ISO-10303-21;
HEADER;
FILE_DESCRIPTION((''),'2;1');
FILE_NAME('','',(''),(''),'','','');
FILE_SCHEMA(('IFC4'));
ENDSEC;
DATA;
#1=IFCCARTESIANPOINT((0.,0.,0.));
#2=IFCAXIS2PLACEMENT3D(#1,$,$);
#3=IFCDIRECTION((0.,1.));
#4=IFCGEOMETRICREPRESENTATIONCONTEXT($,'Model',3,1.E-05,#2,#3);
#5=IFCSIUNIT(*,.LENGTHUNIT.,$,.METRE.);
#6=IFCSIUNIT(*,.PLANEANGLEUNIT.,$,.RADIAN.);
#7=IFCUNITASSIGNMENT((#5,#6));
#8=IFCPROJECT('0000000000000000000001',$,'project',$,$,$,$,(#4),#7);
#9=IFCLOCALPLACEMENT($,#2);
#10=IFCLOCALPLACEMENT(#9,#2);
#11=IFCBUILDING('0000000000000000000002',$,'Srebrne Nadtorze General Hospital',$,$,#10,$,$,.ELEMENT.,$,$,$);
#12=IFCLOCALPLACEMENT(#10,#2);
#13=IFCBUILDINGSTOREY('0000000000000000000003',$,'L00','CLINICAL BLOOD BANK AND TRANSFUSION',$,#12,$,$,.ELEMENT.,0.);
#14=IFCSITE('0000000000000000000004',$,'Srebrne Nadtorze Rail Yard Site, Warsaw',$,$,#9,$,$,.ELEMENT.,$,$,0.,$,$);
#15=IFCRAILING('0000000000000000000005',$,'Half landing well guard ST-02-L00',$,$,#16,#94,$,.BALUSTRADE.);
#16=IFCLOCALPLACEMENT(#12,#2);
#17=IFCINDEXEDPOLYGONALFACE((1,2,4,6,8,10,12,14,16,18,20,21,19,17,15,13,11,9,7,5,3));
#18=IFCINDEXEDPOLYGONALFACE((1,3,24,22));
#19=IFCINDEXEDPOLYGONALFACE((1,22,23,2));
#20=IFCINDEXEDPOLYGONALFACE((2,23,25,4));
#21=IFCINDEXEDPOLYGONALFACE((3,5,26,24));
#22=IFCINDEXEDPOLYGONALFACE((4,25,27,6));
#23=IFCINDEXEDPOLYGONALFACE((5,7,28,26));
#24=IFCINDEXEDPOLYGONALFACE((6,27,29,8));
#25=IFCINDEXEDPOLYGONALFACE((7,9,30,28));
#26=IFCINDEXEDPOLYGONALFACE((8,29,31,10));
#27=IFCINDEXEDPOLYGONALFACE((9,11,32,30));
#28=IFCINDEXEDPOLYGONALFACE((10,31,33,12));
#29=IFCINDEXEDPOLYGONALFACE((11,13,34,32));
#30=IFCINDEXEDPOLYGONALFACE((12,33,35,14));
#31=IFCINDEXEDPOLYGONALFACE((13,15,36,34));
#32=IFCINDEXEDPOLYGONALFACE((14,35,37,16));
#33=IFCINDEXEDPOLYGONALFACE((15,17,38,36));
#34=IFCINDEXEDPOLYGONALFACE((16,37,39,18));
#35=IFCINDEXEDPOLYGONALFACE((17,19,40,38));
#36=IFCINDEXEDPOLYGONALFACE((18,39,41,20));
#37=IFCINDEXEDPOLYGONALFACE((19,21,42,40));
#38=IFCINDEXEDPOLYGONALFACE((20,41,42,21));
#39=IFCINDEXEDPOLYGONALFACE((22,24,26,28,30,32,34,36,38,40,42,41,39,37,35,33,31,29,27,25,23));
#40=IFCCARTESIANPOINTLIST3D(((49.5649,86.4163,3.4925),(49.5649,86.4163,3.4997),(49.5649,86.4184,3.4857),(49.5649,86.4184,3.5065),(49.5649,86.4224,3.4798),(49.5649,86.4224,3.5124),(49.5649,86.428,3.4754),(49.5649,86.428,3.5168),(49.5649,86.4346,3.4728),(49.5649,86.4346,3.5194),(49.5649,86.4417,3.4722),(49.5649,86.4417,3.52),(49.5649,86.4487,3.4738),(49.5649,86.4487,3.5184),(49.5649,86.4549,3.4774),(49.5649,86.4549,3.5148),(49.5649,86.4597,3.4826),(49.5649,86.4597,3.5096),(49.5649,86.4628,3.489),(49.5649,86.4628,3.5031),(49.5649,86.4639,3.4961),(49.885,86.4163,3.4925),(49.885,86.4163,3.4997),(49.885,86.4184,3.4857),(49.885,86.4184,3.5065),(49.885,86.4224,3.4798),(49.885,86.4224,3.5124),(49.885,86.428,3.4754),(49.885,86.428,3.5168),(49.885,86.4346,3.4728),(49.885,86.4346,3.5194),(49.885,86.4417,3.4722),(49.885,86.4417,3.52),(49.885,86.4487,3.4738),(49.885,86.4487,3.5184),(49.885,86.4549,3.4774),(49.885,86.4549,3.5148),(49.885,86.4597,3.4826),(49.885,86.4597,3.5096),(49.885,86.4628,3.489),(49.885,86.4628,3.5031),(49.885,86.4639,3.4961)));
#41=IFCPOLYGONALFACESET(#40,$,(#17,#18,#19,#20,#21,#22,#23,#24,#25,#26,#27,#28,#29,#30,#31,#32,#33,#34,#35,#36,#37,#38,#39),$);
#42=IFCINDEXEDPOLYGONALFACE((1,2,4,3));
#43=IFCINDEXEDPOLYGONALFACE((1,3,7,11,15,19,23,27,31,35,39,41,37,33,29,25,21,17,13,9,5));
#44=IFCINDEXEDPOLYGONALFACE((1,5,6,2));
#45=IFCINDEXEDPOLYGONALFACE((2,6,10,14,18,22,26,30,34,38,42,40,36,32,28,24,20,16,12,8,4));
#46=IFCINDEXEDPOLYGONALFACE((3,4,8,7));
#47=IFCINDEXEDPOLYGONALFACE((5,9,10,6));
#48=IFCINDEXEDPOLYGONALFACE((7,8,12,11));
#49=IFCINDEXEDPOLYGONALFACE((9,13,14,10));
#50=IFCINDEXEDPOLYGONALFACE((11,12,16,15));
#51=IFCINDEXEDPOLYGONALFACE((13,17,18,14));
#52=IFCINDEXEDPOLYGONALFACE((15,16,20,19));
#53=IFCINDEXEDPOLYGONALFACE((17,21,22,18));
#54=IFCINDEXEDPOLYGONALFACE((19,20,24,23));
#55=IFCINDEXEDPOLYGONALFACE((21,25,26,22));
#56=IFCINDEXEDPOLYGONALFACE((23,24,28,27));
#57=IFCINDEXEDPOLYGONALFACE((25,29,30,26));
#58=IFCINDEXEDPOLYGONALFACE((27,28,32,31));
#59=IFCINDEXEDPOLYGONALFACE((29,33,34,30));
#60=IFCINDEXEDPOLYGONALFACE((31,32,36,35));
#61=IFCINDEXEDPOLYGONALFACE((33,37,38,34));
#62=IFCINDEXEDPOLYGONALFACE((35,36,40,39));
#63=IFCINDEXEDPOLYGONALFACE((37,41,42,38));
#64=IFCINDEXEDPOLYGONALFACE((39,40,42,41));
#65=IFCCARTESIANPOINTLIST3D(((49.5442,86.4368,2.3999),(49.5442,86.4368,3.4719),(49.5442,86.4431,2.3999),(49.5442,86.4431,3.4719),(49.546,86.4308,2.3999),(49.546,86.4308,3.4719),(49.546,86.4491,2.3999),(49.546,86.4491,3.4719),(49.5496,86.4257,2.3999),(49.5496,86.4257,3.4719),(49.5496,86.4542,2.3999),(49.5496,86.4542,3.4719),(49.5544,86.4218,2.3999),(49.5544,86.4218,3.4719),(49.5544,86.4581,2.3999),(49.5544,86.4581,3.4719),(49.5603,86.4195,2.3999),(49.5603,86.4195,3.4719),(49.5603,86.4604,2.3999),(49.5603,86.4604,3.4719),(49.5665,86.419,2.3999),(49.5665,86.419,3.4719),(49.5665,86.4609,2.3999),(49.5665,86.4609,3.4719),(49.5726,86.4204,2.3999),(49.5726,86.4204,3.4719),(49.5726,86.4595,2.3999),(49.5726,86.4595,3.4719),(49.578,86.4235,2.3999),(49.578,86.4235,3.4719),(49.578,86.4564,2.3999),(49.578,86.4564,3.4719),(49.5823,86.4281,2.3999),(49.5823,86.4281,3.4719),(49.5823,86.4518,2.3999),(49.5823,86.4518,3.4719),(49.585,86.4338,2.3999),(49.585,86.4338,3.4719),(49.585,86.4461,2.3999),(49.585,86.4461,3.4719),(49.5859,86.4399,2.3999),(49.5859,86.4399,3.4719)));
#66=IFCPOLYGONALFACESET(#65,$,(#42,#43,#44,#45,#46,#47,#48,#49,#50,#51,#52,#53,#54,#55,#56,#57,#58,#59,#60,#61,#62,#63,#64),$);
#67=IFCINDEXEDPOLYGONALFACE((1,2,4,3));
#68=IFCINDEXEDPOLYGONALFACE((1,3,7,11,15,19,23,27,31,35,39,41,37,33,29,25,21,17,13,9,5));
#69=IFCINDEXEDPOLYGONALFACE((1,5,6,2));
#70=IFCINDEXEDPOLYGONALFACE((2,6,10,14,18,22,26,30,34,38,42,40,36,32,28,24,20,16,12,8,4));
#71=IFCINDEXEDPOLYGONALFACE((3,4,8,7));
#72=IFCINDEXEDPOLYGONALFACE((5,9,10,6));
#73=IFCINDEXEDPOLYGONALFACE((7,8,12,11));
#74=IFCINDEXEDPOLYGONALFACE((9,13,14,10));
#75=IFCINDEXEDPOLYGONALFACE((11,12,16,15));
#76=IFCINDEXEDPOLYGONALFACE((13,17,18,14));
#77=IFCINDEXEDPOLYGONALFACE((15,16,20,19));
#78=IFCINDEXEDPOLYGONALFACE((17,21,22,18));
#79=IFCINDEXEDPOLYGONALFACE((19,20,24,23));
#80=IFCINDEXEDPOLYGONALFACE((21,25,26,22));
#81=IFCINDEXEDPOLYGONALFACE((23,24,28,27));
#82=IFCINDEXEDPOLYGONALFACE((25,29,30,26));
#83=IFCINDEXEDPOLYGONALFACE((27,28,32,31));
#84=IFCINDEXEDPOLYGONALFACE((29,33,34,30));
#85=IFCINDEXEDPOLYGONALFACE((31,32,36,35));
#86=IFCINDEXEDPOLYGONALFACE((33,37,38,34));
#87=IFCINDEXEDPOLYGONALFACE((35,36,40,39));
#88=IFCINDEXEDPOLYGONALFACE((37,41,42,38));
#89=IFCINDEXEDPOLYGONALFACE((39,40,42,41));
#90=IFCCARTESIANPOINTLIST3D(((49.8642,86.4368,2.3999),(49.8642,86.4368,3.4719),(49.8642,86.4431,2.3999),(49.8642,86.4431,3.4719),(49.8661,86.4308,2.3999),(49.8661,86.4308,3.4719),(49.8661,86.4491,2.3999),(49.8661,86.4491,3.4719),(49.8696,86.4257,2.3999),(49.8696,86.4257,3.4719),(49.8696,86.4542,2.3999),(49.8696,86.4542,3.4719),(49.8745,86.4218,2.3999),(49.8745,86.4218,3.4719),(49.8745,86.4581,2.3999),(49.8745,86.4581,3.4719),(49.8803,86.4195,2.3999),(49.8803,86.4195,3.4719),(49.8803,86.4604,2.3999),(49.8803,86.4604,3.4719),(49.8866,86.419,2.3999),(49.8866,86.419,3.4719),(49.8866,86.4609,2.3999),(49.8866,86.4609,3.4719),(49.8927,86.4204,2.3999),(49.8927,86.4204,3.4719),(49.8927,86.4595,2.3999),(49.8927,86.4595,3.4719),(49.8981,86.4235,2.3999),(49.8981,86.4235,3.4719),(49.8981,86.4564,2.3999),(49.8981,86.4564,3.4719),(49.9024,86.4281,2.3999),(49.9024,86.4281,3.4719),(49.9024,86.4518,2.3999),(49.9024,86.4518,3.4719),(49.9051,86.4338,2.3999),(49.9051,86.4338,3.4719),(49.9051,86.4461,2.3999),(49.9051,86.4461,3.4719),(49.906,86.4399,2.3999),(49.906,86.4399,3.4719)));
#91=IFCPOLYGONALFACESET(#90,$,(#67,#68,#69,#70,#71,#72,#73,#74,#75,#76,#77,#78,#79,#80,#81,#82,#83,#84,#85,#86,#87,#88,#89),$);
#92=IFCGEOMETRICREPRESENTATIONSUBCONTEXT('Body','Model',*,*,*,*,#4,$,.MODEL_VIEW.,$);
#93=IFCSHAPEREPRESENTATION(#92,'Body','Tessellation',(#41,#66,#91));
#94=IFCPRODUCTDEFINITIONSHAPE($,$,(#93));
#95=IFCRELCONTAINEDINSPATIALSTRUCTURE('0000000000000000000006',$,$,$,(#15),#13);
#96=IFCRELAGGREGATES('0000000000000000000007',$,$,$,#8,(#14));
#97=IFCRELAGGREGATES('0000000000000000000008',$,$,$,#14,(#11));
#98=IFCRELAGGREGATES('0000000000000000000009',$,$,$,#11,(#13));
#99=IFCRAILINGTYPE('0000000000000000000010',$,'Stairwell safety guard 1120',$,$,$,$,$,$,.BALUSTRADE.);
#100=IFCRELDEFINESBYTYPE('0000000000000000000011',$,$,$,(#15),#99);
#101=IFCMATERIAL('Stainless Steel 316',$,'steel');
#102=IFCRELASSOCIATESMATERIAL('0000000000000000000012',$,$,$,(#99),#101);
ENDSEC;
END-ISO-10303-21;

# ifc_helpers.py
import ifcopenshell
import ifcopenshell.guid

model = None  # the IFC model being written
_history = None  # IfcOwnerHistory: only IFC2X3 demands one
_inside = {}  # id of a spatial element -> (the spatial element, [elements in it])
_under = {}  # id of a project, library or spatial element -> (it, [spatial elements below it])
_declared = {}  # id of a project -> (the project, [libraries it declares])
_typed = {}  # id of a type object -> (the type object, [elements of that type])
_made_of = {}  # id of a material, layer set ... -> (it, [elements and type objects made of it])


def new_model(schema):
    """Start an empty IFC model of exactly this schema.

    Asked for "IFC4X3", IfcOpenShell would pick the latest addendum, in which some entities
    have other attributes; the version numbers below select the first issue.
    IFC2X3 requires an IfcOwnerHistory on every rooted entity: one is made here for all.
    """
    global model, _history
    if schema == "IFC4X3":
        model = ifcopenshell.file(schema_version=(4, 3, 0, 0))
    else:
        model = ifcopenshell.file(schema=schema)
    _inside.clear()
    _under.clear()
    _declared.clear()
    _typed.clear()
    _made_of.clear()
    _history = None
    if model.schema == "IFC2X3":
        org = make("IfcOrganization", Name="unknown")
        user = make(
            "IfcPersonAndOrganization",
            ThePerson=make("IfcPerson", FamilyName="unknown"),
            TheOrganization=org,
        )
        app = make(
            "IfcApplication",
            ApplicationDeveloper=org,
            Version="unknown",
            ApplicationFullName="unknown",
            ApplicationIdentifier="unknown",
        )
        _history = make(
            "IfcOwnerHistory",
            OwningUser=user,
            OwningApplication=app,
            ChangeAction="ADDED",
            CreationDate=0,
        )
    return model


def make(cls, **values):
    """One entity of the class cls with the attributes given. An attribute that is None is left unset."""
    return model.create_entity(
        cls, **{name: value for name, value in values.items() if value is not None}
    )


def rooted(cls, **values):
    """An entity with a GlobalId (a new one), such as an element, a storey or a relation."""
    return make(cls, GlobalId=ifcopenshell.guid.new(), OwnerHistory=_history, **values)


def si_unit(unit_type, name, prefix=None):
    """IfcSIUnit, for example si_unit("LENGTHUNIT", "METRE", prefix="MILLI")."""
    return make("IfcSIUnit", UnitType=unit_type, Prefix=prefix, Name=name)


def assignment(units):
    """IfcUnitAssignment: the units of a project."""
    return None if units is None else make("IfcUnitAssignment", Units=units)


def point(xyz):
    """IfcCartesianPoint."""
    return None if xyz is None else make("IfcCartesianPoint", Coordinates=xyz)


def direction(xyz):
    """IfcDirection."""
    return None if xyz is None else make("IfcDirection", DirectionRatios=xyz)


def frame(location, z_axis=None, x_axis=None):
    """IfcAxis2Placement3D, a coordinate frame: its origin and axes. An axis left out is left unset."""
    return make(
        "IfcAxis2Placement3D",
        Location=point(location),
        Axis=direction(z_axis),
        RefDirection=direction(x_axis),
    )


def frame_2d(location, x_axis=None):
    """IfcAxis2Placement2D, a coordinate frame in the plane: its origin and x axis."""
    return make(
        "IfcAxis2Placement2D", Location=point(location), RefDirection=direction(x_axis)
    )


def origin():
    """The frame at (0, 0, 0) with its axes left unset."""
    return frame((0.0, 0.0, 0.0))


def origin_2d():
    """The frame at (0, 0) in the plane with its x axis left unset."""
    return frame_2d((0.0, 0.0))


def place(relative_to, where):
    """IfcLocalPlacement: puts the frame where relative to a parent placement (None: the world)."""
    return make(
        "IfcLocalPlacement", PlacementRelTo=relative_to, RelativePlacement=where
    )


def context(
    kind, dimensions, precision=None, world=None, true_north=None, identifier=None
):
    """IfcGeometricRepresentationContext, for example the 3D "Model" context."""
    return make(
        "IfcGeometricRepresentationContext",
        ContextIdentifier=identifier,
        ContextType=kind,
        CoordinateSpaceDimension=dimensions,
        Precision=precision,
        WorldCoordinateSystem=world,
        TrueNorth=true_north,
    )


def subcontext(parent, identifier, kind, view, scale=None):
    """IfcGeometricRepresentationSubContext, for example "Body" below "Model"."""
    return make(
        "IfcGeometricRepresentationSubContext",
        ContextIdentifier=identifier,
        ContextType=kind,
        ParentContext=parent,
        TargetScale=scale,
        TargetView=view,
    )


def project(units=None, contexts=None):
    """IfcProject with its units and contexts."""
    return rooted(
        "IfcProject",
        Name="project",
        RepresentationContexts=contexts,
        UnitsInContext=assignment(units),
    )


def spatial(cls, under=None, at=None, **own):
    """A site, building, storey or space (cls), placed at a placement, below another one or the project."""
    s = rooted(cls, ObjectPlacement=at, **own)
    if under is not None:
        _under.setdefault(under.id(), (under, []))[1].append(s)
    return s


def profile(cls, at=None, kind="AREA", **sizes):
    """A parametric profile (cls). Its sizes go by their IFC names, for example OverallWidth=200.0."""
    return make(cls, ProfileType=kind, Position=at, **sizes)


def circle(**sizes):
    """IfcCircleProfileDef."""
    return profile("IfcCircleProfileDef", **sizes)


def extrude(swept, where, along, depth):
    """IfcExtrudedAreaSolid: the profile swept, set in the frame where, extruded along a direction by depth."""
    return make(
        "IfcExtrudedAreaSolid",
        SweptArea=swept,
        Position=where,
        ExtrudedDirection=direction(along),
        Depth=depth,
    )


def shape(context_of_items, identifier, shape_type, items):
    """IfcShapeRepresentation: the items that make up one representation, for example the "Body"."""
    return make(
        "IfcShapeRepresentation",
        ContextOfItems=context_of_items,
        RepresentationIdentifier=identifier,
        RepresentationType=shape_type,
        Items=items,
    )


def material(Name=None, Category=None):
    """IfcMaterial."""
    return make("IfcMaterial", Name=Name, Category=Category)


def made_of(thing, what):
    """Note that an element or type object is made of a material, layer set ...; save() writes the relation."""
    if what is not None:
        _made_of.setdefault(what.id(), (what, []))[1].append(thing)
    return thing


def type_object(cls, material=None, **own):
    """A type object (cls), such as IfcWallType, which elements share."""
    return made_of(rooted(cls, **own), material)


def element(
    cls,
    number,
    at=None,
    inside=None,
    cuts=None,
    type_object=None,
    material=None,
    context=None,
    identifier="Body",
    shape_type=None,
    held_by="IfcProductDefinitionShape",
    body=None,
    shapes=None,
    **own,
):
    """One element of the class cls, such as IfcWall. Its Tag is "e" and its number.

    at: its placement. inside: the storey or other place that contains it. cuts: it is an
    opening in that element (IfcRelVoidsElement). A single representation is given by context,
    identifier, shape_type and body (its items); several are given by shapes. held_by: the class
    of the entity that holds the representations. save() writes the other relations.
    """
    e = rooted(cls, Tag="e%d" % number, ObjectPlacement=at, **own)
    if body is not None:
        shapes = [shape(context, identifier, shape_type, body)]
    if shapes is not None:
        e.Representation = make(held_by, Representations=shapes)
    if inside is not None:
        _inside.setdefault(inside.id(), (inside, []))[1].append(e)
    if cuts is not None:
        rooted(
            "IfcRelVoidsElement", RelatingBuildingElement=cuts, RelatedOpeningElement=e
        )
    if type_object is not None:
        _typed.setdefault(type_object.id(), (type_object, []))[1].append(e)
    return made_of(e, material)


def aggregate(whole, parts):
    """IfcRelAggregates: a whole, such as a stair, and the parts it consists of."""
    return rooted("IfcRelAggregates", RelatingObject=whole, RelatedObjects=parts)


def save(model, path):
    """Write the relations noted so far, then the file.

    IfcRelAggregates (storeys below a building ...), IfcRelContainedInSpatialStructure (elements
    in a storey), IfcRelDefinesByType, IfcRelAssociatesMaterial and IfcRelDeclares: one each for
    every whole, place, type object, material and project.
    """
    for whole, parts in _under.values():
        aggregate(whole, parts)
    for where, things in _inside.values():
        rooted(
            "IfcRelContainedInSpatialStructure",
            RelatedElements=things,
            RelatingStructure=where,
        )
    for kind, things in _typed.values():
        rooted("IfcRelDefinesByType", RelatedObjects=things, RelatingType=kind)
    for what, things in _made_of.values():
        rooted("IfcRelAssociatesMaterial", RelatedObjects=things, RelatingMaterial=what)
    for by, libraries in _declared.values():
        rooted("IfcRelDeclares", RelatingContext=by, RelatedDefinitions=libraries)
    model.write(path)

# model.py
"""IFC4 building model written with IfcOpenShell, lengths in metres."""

from ifc_helpers import new_model, si_unit, direction, frame, origin, origin_2d, place, context, subcontext, project, spatial, circle, extrude, material, type_object, element, save


model = new_model("IFC4")

# Units and contexts
model_context = context("Model", 3, precision=1e-05, world=origin(), true_north=direction((0.0, 1.0)))
body_context = subcontext(model_context, "Body", "Model", "MODEL_VIEW")
ifc_project = project(units=[si_unit("LENGTHUNIT", "METRE"), si_unit("PLANEANGLEUNIT", "RADIAN")], contexts=[model_context])

# Site, building, storey
site_placement = place(None, origin())
site = spatial("IfcSite", under=ifc_project, at=site_placement, Name="Srebrne Nadtorze Rail Yard Site, Warsaw", CompositionType="ELEMENT", RefElevation=0.0)
building_placement = place(site_placement, origin())
building = spatial("IfcBuilding", under=site, at=building_placement, Name="Srebrne Nadtorze General Hospital", CompositionType="ELEMENT")
storey_placement = place(building_placement, origin())
storey = spatial("IfcBuildingStorey", under=building, at=storey_placement, Name="L00", Description="CLINICAL BLOOD BANK AND TRANSFUSION", CompositionType="ELEMENT", Elevation=0.0)

# Railing
ifc_material_1 = material(Name="Stainless Steel 316", Category="steel")
railing_type_1 = type_object("IfcRailingType", Name="Stairwell safety guard 1120", PredefinedType="BALUSTRADE", material=ifc_material_1)
railing_1_placement = place(storey_placement, frame((49.5649, 86.4399, 2.3999)))
element("IfcRailing", 1, at=railing_1_placement, inside=storey, type_object=railing_type_1, Name="Half landing well guard ST-02-L00", PredefinedType="BALUSTRADE", context=body_context, shape_type="SweptSolid", body=[
    extrude(circle(Radius=0.0239, at=origin_2d()), frame((0.0, 0.0, 1.0962), z_axis=(1.0, 0.0, 0.0), x_axis=(0.0, 1.0, 0.0)), (0.0, 0.0, 1.0), 0.3201),
    extrude(circle(Radius=0.021, at=origin_2d()), origin(), (0.0, 0.0, 1.0), 1.072),
    extrude(circle(Radius=0.021, at=origin_2d()), frame((0.3201, 0.0, 0.0)), (0.0, 0.0, 1.0), 1.072),
])

save(model, "model.ifc")
